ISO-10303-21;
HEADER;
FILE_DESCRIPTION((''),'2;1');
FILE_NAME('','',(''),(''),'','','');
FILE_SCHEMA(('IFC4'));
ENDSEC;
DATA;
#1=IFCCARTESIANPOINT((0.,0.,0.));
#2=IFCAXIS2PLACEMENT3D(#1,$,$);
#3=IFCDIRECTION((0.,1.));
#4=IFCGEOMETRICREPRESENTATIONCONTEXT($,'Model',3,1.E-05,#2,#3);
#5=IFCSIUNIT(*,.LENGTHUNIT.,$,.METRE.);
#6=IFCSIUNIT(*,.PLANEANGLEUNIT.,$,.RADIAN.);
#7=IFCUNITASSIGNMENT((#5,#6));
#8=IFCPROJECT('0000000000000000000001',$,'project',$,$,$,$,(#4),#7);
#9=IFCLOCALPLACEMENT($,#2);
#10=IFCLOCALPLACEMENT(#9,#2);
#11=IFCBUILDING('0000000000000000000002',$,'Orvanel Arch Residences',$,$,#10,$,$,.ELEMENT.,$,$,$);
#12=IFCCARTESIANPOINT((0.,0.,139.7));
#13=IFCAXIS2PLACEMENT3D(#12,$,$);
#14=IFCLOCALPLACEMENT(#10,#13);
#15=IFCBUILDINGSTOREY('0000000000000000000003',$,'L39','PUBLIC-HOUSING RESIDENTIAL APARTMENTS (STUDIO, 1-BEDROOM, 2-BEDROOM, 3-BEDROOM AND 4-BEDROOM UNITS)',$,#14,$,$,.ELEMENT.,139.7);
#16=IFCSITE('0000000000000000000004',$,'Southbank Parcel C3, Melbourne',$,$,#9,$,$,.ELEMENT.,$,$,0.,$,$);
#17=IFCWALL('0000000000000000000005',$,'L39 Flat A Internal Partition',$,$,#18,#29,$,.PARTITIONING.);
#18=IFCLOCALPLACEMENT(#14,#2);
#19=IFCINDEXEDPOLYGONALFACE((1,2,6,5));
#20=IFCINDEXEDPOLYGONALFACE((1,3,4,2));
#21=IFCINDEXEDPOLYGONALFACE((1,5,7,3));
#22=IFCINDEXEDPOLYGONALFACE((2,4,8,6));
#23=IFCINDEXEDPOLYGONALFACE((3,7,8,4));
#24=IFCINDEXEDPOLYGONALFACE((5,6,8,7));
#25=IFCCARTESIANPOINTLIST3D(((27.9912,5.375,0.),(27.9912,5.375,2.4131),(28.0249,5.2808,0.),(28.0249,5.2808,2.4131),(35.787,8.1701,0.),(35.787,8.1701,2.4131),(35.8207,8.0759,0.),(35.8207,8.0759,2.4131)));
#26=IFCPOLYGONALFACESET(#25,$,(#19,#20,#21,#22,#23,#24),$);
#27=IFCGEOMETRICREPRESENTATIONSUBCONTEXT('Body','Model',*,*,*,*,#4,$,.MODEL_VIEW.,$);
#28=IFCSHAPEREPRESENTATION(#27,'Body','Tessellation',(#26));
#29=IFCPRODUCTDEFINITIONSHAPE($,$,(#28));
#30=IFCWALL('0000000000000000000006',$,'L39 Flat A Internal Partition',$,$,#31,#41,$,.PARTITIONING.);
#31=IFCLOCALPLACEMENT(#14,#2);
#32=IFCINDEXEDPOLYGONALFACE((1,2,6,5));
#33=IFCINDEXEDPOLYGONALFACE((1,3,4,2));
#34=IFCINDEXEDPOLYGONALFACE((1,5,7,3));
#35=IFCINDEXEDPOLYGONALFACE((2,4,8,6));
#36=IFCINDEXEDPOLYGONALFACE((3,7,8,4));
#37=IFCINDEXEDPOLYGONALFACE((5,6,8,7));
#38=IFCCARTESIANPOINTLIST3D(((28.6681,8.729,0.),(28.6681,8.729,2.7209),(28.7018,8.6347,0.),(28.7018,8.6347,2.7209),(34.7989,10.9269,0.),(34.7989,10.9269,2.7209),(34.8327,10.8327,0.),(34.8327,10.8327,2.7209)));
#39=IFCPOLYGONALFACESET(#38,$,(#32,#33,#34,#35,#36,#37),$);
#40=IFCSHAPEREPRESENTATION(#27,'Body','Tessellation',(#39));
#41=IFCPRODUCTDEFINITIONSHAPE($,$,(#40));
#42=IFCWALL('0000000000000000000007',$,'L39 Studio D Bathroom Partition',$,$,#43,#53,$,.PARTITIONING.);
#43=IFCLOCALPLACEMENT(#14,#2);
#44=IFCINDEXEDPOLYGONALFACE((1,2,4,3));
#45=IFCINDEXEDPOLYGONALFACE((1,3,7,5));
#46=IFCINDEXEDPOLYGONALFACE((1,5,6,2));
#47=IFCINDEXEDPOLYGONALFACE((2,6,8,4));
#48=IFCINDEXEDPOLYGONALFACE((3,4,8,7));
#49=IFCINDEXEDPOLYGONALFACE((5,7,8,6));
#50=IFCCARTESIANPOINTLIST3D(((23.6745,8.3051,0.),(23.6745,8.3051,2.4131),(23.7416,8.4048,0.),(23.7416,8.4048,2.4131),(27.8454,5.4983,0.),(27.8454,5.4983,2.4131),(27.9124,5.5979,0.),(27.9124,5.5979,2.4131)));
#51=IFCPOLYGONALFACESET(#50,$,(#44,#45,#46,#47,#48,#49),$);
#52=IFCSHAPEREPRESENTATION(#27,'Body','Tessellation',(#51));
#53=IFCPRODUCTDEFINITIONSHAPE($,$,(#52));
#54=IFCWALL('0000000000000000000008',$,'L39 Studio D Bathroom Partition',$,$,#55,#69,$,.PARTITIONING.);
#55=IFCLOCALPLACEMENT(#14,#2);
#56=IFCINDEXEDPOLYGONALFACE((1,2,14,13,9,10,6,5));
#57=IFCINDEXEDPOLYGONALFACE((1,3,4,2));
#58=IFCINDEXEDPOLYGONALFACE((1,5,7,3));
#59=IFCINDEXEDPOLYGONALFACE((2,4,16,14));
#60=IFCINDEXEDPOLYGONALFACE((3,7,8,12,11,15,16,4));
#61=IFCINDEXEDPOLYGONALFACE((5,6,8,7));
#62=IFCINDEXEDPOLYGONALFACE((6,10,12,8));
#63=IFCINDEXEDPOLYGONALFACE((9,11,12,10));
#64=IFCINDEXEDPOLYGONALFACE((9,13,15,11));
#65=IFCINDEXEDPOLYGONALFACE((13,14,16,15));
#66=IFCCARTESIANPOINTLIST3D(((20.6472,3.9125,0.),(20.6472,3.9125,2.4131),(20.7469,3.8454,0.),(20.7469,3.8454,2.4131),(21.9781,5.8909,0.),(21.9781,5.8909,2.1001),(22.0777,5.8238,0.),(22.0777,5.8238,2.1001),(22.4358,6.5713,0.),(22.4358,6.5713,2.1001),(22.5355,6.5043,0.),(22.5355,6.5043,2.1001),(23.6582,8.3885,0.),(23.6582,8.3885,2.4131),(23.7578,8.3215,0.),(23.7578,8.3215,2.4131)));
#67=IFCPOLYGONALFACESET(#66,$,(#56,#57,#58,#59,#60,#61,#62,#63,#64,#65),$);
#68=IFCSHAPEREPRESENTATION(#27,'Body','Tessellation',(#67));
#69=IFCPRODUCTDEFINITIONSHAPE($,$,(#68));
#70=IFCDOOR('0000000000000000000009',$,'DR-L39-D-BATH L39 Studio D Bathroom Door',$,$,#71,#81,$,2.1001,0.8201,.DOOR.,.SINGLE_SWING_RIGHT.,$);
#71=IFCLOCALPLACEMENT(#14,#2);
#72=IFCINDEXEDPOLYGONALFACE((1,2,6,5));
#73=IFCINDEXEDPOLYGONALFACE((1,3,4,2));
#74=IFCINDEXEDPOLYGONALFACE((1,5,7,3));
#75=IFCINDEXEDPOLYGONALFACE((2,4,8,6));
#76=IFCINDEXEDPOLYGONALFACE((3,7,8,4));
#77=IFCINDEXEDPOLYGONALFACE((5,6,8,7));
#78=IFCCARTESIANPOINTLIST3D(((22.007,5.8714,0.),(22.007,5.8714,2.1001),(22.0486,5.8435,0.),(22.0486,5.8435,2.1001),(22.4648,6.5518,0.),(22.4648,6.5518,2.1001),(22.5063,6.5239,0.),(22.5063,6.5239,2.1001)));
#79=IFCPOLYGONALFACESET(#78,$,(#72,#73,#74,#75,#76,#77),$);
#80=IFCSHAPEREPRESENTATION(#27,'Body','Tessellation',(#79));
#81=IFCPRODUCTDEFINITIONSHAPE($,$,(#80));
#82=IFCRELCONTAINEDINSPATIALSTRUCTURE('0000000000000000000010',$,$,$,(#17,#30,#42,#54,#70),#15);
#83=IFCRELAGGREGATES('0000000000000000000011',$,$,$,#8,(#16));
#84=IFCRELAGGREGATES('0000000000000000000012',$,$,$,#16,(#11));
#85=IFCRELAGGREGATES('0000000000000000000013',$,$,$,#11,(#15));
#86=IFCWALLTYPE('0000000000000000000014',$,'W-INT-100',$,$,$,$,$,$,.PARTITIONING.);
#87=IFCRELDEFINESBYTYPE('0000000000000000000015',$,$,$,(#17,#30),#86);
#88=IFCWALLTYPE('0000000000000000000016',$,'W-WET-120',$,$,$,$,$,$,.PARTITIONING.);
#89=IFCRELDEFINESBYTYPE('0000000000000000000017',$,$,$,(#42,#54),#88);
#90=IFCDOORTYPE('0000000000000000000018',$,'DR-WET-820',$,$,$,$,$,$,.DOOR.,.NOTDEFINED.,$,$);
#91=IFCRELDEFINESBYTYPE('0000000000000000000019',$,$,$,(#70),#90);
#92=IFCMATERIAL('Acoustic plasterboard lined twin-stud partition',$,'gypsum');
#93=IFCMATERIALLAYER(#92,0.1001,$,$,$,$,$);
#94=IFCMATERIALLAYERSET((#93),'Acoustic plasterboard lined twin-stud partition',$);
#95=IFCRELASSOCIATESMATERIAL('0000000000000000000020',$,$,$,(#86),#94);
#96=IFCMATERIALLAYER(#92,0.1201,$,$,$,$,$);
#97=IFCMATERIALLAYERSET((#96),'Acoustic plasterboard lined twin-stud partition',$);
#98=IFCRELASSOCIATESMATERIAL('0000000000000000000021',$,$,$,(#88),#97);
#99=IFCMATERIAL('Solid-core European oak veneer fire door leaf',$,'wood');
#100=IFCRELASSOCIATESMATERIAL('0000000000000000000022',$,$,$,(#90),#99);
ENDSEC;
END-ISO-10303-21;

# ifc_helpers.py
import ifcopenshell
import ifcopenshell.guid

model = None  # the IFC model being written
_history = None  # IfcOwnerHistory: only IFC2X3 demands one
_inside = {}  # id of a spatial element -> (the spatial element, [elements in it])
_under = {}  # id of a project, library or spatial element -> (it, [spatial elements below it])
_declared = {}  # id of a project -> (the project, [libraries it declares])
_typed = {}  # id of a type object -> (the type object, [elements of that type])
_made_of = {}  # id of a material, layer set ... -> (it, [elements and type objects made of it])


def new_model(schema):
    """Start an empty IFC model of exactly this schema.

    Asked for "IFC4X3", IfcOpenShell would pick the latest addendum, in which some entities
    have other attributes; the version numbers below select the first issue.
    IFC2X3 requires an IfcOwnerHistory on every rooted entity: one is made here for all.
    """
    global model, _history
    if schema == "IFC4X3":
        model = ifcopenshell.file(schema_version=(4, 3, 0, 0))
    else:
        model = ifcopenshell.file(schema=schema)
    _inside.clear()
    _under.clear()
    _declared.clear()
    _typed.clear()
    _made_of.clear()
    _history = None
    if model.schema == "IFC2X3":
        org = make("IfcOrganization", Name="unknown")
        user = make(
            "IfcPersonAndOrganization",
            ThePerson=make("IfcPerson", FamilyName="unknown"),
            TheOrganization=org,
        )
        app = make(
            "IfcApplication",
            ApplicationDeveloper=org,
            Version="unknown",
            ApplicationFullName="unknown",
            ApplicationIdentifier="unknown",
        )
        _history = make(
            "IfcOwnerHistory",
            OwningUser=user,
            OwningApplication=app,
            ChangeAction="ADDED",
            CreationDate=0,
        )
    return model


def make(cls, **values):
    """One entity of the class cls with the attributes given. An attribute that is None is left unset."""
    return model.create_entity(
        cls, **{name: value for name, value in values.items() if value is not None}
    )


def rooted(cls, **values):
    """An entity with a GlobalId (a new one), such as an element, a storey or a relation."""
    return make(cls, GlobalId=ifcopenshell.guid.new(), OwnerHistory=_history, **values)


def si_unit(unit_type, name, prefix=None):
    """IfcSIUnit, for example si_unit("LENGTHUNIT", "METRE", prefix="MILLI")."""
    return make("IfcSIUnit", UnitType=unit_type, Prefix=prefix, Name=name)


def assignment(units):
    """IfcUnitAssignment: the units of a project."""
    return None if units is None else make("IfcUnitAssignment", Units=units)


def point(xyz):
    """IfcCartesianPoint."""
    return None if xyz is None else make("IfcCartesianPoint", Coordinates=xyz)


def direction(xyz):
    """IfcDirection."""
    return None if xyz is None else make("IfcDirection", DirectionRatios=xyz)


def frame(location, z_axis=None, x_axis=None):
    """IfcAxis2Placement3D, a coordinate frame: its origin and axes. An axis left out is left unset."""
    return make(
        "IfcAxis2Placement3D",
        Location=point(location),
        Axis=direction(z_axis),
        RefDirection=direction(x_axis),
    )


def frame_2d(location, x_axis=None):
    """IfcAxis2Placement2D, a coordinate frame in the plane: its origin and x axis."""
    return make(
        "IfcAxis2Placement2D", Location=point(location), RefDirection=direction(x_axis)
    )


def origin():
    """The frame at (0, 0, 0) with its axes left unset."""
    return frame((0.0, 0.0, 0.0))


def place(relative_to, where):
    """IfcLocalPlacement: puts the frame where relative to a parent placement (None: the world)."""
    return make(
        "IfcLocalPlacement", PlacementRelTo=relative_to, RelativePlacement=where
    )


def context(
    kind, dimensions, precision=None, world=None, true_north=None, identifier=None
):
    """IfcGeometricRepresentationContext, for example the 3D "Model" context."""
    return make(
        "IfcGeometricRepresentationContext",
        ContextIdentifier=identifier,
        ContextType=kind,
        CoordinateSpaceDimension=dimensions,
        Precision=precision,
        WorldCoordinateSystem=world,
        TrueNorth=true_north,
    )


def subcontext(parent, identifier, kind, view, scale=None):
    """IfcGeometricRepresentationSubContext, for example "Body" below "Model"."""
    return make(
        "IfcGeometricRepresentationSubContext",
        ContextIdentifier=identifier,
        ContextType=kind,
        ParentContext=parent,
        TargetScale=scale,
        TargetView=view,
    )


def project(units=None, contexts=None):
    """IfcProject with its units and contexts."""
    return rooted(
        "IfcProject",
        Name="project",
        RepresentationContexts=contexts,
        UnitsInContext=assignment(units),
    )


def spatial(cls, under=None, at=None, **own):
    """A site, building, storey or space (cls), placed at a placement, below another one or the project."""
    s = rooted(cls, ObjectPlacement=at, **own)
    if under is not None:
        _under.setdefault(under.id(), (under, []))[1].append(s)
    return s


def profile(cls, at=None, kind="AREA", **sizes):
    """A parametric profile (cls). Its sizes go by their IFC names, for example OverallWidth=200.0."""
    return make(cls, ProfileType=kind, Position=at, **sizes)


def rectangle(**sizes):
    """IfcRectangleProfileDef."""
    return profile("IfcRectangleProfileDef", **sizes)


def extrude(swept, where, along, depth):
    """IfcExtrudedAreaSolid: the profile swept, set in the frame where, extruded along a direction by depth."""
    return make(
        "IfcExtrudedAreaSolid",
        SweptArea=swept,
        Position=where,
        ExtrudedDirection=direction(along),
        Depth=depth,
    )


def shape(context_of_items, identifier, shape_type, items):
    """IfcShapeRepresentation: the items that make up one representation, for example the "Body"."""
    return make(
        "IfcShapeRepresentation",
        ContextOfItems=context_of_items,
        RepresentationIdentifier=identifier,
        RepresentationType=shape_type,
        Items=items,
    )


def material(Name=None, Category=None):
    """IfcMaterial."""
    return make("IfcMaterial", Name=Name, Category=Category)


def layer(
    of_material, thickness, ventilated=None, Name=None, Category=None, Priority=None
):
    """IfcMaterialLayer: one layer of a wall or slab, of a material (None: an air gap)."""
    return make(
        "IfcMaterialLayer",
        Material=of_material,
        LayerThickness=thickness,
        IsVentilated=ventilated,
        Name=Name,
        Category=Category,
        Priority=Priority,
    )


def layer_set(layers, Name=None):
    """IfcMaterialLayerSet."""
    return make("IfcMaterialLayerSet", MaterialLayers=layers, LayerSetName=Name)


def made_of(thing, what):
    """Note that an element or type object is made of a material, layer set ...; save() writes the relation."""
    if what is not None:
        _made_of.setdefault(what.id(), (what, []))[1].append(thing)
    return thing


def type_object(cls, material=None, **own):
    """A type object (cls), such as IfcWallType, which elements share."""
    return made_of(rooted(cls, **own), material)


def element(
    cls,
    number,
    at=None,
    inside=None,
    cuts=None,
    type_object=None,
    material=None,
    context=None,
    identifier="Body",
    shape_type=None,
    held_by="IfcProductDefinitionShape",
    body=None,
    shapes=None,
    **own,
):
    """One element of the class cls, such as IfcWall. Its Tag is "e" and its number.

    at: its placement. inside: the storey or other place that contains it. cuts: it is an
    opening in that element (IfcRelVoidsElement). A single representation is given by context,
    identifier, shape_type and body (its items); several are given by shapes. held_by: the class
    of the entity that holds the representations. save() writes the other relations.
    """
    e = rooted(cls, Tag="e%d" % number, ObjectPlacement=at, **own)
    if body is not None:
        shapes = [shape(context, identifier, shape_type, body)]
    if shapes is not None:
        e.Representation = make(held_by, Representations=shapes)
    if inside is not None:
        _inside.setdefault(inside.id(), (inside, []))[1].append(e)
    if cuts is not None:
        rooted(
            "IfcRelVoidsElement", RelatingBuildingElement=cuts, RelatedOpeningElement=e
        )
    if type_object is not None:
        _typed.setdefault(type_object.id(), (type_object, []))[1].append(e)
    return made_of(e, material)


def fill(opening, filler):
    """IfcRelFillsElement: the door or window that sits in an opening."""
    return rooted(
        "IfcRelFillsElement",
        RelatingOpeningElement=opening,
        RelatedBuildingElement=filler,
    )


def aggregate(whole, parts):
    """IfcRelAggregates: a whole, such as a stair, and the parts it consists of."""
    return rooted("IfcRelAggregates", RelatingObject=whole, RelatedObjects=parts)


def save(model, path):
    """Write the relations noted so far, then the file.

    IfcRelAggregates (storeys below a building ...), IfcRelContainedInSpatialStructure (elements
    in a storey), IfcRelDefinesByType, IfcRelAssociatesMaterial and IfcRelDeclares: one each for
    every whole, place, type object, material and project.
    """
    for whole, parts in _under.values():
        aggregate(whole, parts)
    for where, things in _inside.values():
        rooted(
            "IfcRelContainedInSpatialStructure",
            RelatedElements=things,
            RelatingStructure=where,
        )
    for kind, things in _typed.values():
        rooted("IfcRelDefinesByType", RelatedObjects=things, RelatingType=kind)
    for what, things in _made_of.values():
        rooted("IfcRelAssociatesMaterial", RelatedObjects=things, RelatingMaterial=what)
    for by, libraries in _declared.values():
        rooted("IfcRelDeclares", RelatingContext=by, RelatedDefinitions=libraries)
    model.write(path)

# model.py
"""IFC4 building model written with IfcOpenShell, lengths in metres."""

from ifc_helpers import new_model, si_unit, direction, frame, frame_2d, origin, place, context, subcontext, project, spatial, rectangle, extrude, material, layer, layer_set, type_object, element, fill, save


model = new_model("IFC4")

# Units and contexts
model_context = context("Model", 3, precision=1e-05, world=origin(), true_north=direction((0.0, 1.0)))
body_context = subcontext(model_context, "Body", "Model", "MODEL_VIEW")
ifc_project = project(units=[si_unit("LENGTHUNIT", "METRE"), si_unit("PLANEANGLEUNIT", "RADIAN")], contexts=[model_context])

# Site, building, storey
site_placement = place(None, origin())
site = spatial("IfcSite", under=ifc_project, at=site_placement, Name="Southbank Parcel C3, Melbourne", CompositionType="ELEMENT", RefElevation=0.0)
building_placement = place(site_placement, origin())
building = spatial("IfcBuilding", under=site, at=building_placement, Name="Orvanel Arch Residences", CompositionType="ELEMENT")
storey_placement = place(building_placement, frame((0.0, 0.0, 139.7)))
storey = spatial("IfcBuildingStorey", under=building, at=storey_placement, Name="L39", Description="PUBLIC-HOUSING RESIDENTIAL APARTMENTS (STUDIO, 1-BEDROOM, 2-BEDROOM, 3-BEDROOM AND 4-BEDROOM UNITS)", CompositionType="ELEMENT", Elevation=139.7)

# Shared definitions
ifc_material_1 = material(Name="Solid-core European oak veneer fire door leaf", Category="wood")

# Walls
ifc_material_2 = material(Name="Acoustic plasterboard lined twin-stud partition", Category="gypsum")
ifc_layer_1 = layer(ifc_material_2, 0.1001)
ifc_layer_set_1 = layer_set([ifc_layer_1], Name="Acoustic plasterboard lined twin-stud partition")
wall_type_1 = type_object("IfcWallType", Name="W-INT-100", PredefinedType="PARTITIONING", material=ifc_layer_set_1)
wall_1_placement = place(storey_placement, frame((28.0081, 5.3279, 0.0), z_axis=(0.0, 0.0, 1.0), x_axis=(0.941324, 0.337505, 0.0)))
element("IfcWall", 1, at=wall_1_placement, inside=storey, type_object=wall_type_1, Name="L39 Flat A Internal Partition", PredefinedType="PARTITIONING", context=body_context, shape_type="SweptSolid", body=[
    extrude(rectangle(XDim=8.2817, YDim=0.1001, at=frame_2d((4.1409, 0.0))), origin(), (0.0, 0.0, 1.0), 2.4131),
])
wall_2_placement = place(storey_placement, frame((28.6851, 8.6819, 0.0), z_axis=(0.0, 0.0, 1.0), x_axis=(0.941332, 0.337481, 0.0)))
element("IfcWall", 2, at=wall_2_placement, inside=storey, type_object=wall_type_1, Name="L39 Flat A Internal Partition", PredefinedType="PARTITIONING", context=body_context, shape_type="SweptSolid", body=[
    extrude(rectangle(XDim=6.5129, YDim=0.1001, at=frame_2d((3.2563, 0.0))), origin(), (0.0, 0.0, 1.0), 2.7209),
])
ifc_layer_2 = layer(ifc_material_2, 0.1201)
ifc_layer_set_2 = layer_set([ifc_layer_2], Name="Acoustic plasterboard lined twin-stud partition")
wall_type_2 = type_object("IfcWallType", Name="W-WET-120", PredefinedType="PARTITIONING", material=ifc_layer_set_2)
wall_3_placement = place(storey_placement, frame((27.8789, 5.5481, 0.0), z_axis=(0.0, 0.0, 1.0), x_axis=(-0.829629, 0.558315, 0.0)))
element("IfcWall", 3, at=wall_3_placement, inside=storey, type_object=wall_type_2, Name="L39 Studio D Bathroom Partition", PredefinedType="PARTITIONING", context=body_context, shape_type="SweptSolid", body=[
    extrude(rectangle(XDim=5.0273, YDim=0.1201, at=frame_2d((2.5137, 0.0))), origin(), (0.0, 0.0, 1.0), 2.4131),
])

# Wall, opening, door
wall_4_placement = place(storey_placement, frame((23.708, 8.355, 0.0), z_axis=(0.0, 0.0, 1.0), x_axis=(-0.558152, -0.829738, 0.0)))
wall_4 = element("IfcWall", 4, at=wall_4_placement, inside=storey, type_object=wall_type_2, Name="L39 Studio D Bathroom Partition", PredefinedType="PARTITIONING", context=body_context, shape_type="SweptSolid", body=[
    extrude(rectangle(XDim=5.3945, YDim=0.1201, at=frame_2d((2.6973, 0.0))), origin(), (0.0, 0.0, 1.0), 2.4131),
])
opening_1_placement = place(wall_4_placement, frame((2.1899, 0.0, 0.0)))
opening_1 = element("IfcOpeningElement", 5, at=opening_1_placement, cuts=wall_4, PredefinedType="OPENING", context=body_context, shape_type="SweptSolid", body=[
    extrude(rectangle(XDim=0.8201, YDim=2.1001, at=frame_2d((0.4102, 1.05))), frame((0.0, 0.0701, 0.0), z_axis=(0.0, -1.0, 0.0), x_axis=(1.0, 0.0, 0.0)), (0.0, 0.0, 1.0), 0.1401),
])
door_type_1 = type_object("IfcDoorType", Name="DR-WET-820", OperationType="NOTDEFINED", PredefinedType="DOOR", material=ifc_material_1)
door_1_placement = place(opening_1_placement, origin())
door_1 = element("IfcDoor", 6, at=door_1_placement, inside=storey, type_object=door_type_1, Name="DR-L39-D-BATH L39 Studio D Bathroom Door", OperationType="SINGLE_SWING_RIGHT", OverallHeight=2.1001, OverallWidth=0.8201, PredefinedType="DOOR", context=body_context, shape_type="SweptSolid", body=[
    extrude(rectangle(XDim=0.8201, YDim=2.1001, at=frame_2d((0.4102, 1.05))), frame((0.0, 0.0249, 0.0), z_axis=(0.0, -1.0, 0.0), x_axis=(1.0, 0.0, 0.0)), (0.0, 0.0, 1.0), 0.05),
])
fill(opening_1, door_1)

save(model, "model.ifc")
